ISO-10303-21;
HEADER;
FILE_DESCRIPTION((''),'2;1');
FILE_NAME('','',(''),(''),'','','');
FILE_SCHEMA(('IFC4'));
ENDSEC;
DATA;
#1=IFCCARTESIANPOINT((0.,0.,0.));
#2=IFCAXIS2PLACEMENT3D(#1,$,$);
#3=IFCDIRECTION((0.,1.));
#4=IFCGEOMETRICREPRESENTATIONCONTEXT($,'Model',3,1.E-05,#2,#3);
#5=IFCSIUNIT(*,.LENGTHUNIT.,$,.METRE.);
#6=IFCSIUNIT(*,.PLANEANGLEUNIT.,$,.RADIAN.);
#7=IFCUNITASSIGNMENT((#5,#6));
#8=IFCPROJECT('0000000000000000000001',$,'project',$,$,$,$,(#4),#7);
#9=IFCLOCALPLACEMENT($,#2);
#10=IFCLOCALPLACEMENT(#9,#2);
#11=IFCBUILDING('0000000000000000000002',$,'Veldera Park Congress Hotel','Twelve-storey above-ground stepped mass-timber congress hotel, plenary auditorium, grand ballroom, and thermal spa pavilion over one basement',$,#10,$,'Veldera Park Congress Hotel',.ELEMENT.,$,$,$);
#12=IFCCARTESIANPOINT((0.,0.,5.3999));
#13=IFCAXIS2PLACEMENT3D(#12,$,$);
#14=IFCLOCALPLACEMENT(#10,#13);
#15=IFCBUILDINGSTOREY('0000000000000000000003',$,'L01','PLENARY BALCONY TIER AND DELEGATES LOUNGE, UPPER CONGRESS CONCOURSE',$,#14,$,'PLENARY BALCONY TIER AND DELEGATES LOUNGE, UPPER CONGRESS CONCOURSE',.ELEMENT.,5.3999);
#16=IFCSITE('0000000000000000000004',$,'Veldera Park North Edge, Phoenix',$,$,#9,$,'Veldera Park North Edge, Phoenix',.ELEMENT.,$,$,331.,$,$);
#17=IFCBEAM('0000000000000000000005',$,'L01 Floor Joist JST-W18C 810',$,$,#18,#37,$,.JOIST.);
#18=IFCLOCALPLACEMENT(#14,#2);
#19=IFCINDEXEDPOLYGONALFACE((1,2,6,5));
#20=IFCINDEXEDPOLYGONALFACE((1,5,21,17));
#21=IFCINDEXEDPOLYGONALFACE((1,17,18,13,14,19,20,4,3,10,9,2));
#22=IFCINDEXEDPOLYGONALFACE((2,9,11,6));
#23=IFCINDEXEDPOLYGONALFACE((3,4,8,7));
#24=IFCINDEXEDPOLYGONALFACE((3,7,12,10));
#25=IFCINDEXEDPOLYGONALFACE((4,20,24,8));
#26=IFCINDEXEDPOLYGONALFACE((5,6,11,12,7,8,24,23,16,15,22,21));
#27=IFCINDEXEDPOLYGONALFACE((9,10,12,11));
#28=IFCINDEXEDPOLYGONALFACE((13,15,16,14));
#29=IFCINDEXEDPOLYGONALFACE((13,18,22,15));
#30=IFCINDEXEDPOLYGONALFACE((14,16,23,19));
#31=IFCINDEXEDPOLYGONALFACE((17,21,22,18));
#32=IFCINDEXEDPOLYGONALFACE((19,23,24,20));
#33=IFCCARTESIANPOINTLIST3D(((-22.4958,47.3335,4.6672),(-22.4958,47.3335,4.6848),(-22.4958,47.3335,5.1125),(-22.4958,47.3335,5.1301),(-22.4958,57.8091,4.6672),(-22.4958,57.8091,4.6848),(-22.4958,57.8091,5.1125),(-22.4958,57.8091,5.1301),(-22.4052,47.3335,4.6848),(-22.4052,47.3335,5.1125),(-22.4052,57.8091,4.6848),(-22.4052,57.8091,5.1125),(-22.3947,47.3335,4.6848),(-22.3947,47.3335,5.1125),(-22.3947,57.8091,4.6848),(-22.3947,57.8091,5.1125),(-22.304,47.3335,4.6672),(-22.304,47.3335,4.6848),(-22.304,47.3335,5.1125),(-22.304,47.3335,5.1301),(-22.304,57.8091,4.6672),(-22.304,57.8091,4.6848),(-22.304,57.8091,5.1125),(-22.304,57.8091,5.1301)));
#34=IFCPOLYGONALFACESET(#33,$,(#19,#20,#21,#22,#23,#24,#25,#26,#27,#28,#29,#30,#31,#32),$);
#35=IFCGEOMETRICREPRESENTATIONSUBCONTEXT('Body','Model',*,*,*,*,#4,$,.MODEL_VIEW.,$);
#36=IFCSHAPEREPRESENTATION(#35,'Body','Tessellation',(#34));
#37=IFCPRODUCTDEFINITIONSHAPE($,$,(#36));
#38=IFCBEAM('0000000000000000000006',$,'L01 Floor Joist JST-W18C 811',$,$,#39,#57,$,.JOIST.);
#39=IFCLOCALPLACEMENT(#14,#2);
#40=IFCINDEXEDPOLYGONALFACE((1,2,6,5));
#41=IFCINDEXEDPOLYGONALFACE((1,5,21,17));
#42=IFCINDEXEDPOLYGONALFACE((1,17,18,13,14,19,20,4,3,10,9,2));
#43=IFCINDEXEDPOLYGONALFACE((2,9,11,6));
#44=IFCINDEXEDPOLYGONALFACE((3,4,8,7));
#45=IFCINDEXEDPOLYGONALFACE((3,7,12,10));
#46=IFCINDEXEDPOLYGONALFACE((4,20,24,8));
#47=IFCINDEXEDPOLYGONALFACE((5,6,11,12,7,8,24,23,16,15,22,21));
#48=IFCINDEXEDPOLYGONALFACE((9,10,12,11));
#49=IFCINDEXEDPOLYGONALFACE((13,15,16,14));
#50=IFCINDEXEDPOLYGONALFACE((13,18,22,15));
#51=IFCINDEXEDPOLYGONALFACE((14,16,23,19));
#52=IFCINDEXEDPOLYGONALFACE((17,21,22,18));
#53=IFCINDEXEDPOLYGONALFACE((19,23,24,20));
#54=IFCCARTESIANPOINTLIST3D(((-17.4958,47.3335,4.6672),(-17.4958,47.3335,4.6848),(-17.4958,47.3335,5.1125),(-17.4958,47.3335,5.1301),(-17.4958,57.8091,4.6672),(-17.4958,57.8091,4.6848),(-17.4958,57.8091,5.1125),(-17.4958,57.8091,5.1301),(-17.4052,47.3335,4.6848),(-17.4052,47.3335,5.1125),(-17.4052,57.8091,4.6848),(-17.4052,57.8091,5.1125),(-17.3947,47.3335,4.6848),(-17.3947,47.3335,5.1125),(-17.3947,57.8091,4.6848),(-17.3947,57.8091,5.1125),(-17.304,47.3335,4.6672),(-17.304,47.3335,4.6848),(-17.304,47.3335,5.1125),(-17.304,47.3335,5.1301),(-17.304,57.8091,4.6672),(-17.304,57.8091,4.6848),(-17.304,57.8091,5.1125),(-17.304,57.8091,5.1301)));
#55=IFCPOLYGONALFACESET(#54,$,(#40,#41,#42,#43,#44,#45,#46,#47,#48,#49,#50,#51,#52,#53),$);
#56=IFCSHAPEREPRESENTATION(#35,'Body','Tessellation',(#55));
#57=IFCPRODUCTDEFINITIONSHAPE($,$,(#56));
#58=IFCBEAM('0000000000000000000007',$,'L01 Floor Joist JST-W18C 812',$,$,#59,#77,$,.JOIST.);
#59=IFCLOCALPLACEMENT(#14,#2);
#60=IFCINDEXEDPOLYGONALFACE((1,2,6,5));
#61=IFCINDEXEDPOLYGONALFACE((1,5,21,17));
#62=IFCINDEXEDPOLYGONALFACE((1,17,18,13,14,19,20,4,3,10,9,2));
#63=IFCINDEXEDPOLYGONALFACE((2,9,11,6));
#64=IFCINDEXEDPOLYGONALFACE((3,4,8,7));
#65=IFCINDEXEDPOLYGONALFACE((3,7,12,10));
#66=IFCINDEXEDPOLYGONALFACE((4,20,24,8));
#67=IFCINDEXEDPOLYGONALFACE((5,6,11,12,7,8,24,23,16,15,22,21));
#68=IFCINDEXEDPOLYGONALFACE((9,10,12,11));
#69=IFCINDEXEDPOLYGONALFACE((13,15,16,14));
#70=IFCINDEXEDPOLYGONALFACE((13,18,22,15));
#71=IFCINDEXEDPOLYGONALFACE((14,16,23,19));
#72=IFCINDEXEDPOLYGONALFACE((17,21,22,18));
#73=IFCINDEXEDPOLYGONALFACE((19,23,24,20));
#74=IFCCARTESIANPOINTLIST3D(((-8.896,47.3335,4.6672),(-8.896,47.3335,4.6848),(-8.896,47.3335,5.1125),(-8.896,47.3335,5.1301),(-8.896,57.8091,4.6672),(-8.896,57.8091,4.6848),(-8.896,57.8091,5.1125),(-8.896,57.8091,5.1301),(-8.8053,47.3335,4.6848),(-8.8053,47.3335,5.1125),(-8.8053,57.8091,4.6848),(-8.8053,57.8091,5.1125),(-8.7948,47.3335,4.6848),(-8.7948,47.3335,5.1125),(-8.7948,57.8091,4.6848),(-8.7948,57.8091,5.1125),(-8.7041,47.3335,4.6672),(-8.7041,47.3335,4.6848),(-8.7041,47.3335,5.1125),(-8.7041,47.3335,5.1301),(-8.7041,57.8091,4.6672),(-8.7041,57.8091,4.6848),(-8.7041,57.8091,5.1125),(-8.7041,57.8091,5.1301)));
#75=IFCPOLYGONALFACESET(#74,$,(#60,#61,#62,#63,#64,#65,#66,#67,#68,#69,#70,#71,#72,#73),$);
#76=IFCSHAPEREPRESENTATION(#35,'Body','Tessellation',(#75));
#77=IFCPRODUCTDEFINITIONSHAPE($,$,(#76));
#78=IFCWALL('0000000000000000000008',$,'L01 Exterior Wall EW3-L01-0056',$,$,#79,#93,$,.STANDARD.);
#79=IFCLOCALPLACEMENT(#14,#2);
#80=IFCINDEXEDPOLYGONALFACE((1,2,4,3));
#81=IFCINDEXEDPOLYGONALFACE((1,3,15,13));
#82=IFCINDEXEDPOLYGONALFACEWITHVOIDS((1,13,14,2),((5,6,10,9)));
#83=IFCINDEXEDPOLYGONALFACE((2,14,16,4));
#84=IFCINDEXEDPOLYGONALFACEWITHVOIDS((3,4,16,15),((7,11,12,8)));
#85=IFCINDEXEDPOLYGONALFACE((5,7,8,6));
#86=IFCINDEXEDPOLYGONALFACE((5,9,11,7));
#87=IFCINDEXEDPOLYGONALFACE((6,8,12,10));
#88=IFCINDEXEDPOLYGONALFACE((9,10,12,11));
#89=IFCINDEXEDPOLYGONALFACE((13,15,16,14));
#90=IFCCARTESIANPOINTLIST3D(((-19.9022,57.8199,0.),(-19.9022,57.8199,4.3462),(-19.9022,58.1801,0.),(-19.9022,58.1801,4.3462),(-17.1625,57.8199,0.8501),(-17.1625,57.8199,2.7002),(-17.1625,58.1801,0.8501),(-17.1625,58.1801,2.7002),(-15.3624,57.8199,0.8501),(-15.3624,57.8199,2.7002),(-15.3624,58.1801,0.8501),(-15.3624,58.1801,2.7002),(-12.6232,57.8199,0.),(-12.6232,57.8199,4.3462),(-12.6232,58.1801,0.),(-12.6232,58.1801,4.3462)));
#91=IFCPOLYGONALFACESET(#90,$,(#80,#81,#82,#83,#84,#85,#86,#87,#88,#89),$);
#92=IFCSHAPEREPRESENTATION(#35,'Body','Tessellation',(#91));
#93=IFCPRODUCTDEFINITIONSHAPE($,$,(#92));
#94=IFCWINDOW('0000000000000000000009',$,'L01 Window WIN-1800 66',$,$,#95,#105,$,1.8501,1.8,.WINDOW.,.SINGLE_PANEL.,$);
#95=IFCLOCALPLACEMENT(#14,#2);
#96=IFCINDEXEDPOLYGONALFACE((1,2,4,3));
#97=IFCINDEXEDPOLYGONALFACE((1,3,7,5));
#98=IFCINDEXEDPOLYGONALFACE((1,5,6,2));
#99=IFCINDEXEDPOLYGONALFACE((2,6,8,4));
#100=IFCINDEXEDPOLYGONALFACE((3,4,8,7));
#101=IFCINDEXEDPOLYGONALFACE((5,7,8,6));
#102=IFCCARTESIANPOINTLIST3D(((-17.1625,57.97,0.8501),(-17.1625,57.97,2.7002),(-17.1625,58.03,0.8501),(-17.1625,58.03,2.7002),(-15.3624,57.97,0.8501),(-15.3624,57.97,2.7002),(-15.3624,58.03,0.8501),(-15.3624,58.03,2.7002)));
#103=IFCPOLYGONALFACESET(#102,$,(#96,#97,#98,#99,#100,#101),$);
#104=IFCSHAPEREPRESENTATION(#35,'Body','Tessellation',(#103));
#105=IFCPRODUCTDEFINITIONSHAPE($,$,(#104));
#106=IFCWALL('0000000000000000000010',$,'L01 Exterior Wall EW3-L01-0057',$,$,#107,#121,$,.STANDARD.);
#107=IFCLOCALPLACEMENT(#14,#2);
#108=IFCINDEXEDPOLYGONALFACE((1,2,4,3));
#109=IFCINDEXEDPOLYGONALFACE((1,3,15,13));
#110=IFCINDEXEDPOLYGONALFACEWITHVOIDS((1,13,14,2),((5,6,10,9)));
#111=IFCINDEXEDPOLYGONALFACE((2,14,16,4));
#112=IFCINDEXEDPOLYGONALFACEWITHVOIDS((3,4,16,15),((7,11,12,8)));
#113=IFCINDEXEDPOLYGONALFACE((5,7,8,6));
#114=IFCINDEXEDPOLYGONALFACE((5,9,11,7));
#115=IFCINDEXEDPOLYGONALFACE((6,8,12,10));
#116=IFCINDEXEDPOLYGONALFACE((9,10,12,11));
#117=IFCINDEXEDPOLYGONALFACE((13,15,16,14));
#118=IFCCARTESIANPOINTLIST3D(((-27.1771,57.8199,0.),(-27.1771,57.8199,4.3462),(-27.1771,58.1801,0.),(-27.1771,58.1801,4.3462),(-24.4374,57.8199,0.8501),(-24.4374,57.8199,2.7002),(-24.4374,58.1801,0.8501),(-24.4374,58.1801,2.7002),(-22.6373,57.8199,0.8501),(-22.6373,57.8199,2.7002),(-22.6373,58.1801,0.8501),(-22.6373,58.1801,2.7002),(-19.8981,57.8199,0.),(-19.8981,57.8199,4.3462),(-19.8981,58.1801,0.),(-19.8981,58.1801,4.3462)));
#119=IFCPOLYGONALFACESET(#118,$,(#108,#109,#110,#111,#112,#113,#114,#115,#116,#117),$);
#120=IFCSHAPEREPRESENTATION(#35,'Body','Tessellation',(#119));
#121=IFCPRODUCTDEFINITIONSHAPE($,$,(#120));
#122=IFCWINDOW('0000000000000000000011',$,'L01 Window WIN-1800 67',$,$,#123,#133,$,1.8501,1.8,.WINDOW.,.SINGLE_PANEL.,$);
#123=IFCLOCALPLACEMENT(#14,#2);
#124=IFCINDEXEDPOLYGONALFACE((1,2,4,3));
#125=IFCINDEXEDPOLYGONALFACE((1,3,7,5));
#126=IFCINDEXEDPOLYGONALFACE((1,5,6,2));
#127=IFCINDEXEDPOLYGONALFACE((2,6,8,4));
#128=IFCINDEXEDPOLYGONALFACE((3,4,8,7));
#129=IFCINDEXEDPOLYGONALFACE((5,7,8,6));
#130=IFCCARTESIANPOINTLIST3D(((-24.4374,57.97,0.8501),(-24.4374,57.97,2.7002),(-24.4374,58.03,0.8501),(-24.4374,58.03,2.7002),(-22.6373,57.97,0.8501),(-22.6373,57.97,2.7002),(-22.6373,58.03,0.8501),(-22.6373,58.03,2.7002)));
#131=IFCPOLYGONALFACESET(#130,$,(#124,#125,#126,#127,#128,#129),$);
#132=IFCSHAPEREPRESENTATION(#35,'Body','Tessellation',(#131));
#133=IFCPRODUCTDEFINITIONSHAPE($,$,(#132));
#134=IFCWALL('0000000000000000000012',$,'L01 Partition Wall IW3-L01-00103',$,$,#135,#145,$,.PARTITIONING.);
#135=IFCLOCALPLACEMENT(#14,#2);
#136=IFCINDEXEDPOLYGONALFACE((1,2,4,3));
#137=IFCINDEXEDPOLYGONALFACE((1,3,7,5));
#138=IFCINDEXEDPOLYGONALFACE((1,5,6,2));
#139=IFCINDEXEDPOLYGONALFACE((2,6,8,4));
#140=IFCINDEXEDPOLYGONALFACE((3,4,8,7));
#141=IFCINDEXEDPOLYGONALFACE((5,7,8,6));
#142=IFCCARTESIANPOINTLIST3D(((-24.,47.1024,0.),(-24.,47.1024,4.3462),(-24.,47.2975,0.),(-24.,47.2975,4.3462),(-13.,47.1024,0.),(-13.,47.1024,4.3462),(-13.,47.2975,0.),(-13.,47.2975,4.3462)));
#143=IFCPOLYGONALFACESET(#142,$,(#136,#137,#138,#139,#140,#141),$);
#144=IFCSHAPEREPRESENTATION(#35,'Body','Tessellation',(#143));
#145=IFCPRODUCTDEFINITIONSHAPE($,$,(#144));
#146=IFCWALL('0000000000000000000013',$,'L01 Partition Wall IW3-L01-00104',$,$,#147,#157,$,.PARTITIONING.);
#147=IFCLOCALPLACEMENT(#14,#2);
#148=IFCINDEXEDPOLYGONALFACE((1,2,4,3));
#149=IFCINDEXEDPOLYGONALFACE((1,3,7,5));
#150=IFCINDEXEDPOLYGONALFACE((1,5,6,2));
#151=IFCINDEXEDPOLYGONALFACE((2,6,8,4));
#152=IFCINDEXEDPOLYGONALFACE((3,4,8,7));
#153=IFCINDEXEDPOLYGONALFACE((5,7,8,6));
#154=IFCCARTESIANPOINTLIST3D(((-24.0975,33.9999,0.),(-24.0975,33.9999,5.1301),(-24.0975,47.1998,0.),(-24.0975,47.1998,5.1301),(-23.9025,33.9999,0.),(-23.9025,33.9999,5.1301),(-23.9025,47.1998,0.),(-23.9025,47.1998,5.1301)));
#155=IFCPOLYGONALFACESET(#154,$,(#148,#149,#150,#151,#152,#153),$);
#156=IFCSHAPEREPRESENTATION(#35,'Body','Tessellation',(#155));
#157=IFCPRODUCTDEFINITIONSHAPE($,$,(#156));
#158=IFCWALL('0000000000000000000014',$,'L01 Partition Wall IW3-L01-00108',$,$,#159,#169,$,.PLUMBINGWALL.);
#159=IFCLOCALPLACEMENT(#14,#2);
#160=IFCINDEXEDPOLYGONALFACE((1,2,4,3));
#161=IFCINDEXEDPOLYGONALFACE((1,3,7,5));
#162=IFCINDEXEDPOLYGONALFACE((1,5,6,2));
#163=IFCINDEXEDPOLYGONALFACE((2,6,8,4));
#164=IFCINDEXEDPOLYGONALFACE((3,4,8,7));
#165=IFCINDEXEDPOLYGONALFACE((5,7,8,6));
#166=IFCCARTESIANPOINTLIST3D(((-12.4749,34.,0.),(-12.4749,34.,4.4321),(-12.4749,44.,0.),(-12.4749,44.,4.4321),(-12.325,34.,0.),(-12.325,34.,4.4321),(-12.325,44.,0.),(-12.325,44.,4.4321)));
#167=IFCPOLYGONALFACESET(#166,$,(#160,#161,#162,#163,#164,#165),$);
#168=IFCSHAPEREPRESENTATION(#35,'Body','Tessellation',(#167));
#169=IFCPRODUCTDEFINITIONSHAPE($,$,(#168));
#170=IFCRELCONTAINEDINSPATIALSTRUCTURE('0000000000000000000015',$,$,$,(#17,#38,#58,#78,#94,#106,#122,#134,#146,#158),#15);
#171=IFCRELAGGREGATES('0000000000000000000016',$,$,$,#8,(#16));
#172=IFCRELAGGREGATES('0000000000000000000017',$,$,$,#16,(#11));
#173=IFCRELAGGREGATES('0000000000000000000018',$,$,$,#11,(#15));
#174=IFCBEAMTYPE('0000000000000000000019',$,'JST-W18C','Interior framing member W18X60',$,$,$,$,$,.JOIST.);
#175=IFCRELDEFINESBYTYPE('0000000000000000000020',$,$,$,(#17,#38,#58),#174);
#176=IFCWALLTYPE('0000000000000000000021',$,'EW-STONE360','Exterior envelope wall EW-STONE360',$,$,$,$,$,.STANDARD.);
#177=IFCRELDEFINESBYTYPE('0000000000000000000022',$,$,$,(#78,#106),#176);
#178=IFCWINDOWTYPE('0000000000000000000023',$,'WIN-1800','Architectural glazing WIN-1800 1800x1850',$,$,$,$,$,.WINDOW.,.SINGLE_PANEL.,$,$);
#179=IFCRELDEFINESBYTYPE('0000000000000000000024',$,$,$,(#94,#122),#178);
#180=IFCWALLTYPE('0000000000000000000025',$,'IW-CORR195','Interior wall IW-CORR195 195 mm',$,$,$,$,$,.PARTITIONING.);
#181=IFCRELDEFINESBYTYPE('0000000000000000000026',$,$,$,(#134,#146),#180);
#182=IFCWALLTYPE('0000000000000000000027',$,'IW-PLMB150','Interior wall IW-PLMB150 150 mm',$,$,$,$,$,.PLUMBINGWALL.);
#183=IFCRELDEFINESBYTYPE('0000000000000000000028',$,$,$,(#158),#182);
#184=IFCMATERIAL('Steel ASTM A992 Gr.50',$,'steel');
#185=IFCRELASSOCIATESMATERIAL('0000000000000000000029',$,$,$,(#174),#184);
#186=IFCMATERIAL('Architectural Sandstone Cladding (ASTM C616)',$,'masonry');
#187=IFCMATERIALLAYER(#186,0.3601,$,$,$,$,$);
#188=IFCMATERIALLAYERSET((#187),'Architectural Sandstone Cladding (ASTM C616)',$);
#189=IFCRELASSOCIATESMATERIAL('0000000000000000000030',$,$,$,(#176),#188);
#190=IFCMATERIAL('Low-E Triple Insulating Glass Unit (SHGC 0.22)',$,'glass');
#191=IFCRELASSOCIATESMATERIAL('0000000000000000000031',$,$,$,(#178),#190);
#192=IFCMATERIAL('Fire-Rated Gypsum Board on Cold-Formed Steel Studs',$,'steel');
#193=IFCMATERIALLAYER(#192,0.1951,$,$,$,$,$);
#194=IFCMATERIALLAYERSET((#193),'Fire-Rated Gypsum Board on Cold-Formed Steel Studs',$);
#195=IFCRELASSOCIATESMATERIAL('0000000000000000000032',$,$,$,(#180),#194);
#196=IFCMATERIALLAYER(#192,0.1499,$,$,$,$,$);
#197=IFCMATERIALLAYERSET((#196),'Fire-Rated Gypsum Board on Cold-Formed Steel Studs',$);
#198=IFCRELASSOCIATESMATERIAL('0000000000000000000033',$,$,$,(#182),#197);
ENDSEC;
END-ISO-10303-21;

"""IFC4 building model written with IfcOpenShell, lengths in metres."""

from ifc_helpers import new_model, si_unit, direction, frame, frame_2d, origin, origin_2d, place, context, subcontext, project, spatial, rectangle, i_section, extrude, material, layer, layer_set, material_profile, profile_set, type_object, element, fill, save


model = new_model("IFC4")

# Units and contexts
model_context = context("Model", 3, precision=1e-05, world=origin(), true_north=direction((0.0, 1.0)))
body_context = subcontext(model_context, "Body", "Model", "MODEL_VIEW")
ifc_project = project(units=[si_unit("LENGTHUNIT", "METRE"), si_unit("PLANEANGLEUNIT", "RADIAN")], contexts=[model_context])

# Site, building, storey
site_placement = place(None, origin())
site = spatial("IfcSite", under=ifc_project, at=site_placement, Name="Veldera Park North Edge, Phoenix", LongName="Veldera Park North Edge, Phoenix", CompositionType="ELEMENT", RefElevation=331.0)
building_placement = place(site_placement, origin())
building = spatial("IfcBuilding", under=site, at=building_placement, Name="Veldera Park Congress Hotel", Description="Twelve-storey above-ground stepped mass-timber congress hotel, plenary auditorium, grand ballroom, and thermal spa pavilion over one basement", LongName="Veldera Park Congress Hotel", CompositionType="ELEMENT")
storey_placement = place(building_placement, frame((0.0, 0.0, 5.3999)))
storey = spatial("IfcBuildingStorey", under=building, at=storey_placement, Name="L01", Description="PLENARY BALCONY TIER AND DELEGATES LOUNGE, UPPER CONGRESS CONCOURSE", LongName="PLENARY BALCONY TIER AND DELEGATES LOUNGE, UPPER CONGRESS CONCOURSE", CompositionType="ELEMENT", Elevation=5.3999)

# Beams
ifc_material_1 = material(Name="Steel ASTM A992 Gr.50", Category="steel")
ifc_material_profile_1 = material_profile(ifc_material_1, i_section(OverallWidth=0.1919, OverallDepth=0.4629, WebThickness=0.0105, FlangeThickness=0.0176, at=origin_2d()), Name="W18X60")
ifc_profile_set_1 = profile_set([ifc_material_profile_1], Name="Steel ASTM A992 Gr.50")
beam_type_1 = type_object("IfcBeamType", Name="JST-W18C", Description="Interior framing member W18X60", PredefinedType="JOIST", material=ifc_profile_set_1)
for number, where, z_axis, x_axis, name in (
    (1, (-22.3999, 47.3335, 4.8987), (0.0, 1.0, 0.0), (-1.0, 0.0, 0.0), "L01 Floor Joist JST-W18C 810"),
    (2, (-17.3999, 47.3335, 4.8987), (0.0, 1.0, 0.0), (-1.0, 0.0, 0.0), "L01 Floor Joist JST-W18C 811"),
    (3, (-8.8, 47.3335, 4.8987), (0.0, 1.0, 0.0), (-1.0, 0.0, 0.0), "L01 Floor Joist JST-W18C 812"),
):
    element("IfcBeam", number, at=place(storey_placement, frame(where, z_axis=z_axis, x_axis=x_axis)), inside=storey, type_object=beam_type_1, Name=name, PredefinedType="JOIST", context=body_context, shape_type="SweptSolid", body=[
        extrude(i_section(OverallWidth=0.1919, OverallDepth=0.4629, WebThickness=0.0105, FlangeThickness=0.0176, at=origin_2d()), origin(), (0.0, 0.0, 1.0), 10.4756),
    ])

# Walls, openings, windows
ifc_material_2 = material(Name="Architectural Sandstone Cladding (ASTM C616)", Category="masonry")
ifc_layer_1 = layer(ifc_material_2, 0.3601)
ifc_layer_set_1 = layer_set([ifc_layer_1], Name="Architectural Sandstone Cladding (ASTM C616)")
wall_type_1 = type_object("IfcWallType", Name="EW-STONE360", Description="Exterior envelope wall EW-STONE360", PredefinedType="STANDARD", material=ifc_layer_set_1)
wall_1_placement = place(storey_placement, frame((-12.623, 58.0, 0.0), z_axis=(0.0, 0.0, 1.0), x_axis=(-1.0, 0.0, 0.0)))
wall_1 = element("IfcWall", 4, at=wall_1_placement, inside=storey, type_object=wall_type_1, Name="L01 Exterior Wall EW3-L01-0056", PredefinedType="STANDARD", context=body_context, shape_type="SweptSolid", body=[
    extrude(rectangle(XDim=7.2791, YDim=0.3601, at=frame_2d((3.6396, 0.0))), origin(), (0.0, 0.0, 1.0), 4.3462),
])
opening_1_placement = place(wall_1_placement, frame((2.7395, 0.0, 0.8501)))
opening_1 = element("IfcOpeningElement", 5, at=opening_1_placement, cuts=wall_1, PredefinedType="OPENING", context=body_context, shape_type="SweptSolid", body=[
    extrude(rectangle(XDim=1.8, YDim=1.8501, at=frame_2d((0.8999, 0.925))), frame((0.0, 0.1921, 0.0), z_axis=(0.0, -1.0, 0.0), x_axis=(1.0, 0.0, 0.0)), (0.0, 0.0, 1.0), 0.384),
])
ifc_material_3 = material(Name="Low-E Triple Insulating Glass Unit (SHGC 0.22)", Category="glass")
window_type = type_object("IfcWindowType", Name="WIN-1800", Description="Architectural glazing WIN-1800 1800x1850", PartitioningType="SINGLE_PANEL", PredefinedType="WINDOW", material=ifc_material_3)
window_1_placement = place(opening_1_placement, origin())
window_1 = element("IfcWindow", 6, at=window_1_placement, inside=storey, type_object=window_type, Name="L01 Window WIN-1800 66", OverallHeight=1.8501, OverallWidth=1.8, PartitioningType="SINGLE_PANEL", PredefinedType="WINDOW", context=body_context, shape_type="SweptSolid", body=[
    extrude(rectangle(XDim=1.8, YDim=1.8501, at=frame_2d((0.8999, 0.925))), frame((0.0, 0.03, 0.0), z_axis=(0.0, -1.0, 0.0), x_axis=(1.0, 0.0, 0.0)), (0.0, 0.0, 1.0), 0.0601),
])
fill(opening_1, window_1)
wall_2_placement = place(storey_placement, frame((-19.8979, 58.0, 0.0), z_axis=(0.0, 0.0, 1.0), x_axis=(-1.0, 0.0, 0.0)))
wall_2 = element("IfcWall", 7, at=wall_2_placement, inside=storey, type_object=wall_type_1, Name="L01 Exterior Wall EW3-L01-0057", PredefinedType="STANDARD", context=body_context, shape_type="SweptSolid", body=[
    extrude(rectangle(XDim=7.2791, YDim=0.3601, at=frame_2d((3.6396, 0.0))), origin(), (0.0, 0.0, 1.0), 4.3462),
])
opening_2_placement = place(wall_2_placement, frame((2.7395, 0.0, 0.8501)))
opening_2 = element("IfcOpeningElement", 8, at=opening_2_placement, cuts=wall_2, PredefinedType="OPENING", context=body_context, shape_type="SweptSolid", body=[
    extrude(rectangle(XDim=1.8, YDim=1.8501, at=frame_2d((0.8999, 0.925))), frame((0.0, 0.1921, 0.0), z_axis=(0.0, -1.0, 0.0), x_axis=(1.0, 0.0, 0.0)), (0.0, 0.0, 1.0), 0.384),
])
window_2_placement = place(opening_2_placement, origin())
window_2 = element("IfcWindow", 9, at=window_2_placement, inside=storey, type_object=window_type, Name="L01 Window WIN-1800 67", OverallHeight=1.8501, OverallWidth=1.8, PartitioningType="SINGLE_PANEL", PredefinedType="WINDOW", context=body_context, shape_type="SweptSolid", body=[
    extrude(rectangle(XDim=1.8, YDim=1.8501, at=frame_2d((0.8999, 0.925))), frame((0.0, 0.03, 0.0), z_axis=(0.0, -1.0, 0.0), x_axis=(1.0, 0.0, 0.0)), (0.0, 0.0, 1.0), 0.0601),
])
fill(opening_2, window_2)

# Walls
ifc_material_4 = material(Name="Fire-Rated Gypsum Board on Cold-Formed Steel Studs", Category="steel")
ifc_layer_2 = layer(ifc_material_4, 0.1951)
ifc_layer_set_2 = layer_set([ifc_layer_2], Name="Fire-Rated Gypsum Board on Cold-Formed Steel Studs")
wall_type_2 = type_object("IfcWallType", Name="IW-CORR195", Description="Interior wall IW-CORR195 195 mm", PredefinedType="PARTITIONING", material=ifc_layer_set_2)
wall_3_placement = place(storey_placement, frame((-13.0, 47.2, 0.0), z_axis=(0.0, 0.0, 1.0), x_axis=(-1.0, 0.0, 0.0)))
element("IfcWall", 10, at=wall_3_placement, inside=storey, type_object=wall_type_2, Name="L01 Partition Wall IW3-L01-00103", PredefinedType="PARTITIONING", context=body_context, shape_type="SweptSolid", body=[
    extrude(rectangle(XDim=11.0, YDim=0.1951, at=frame_2d((5.5, 0.0))), origin(), (0.0, 0.0, 1.0), 4.3462),
])
wall_4_placement = place(storey_placement, frame((-24.0, 47.2, 0.0), z_axis=(0.0, 0.0, 1.0), x_axis=(0.0, -1.0, 0.0)))
element("IfcWall", 11, at=wall_4_placement, inside=storey, type_object=wall_type_2, Name="L01 Partition Wall IW3-L01-00104", PredefinedType="PARTITIONING", context=body_context, shape_type="SweptSolid", body=[
    extrude(rectangle(XDim=13.2, YDim=0.1951, at=frame_2d((6.6001, 0.0))), origin(), (0.0, 0.0, 1.0), 5.1301),
])
ifc_layer_3 = layer(ifc_material_4, 0.1499)
ifc_layer_set_3 = layer_set([ifc_layer_3], Name="Fire-Rated Gypsum Board on Cold-Formed Steel Studs")
wall_type_3 = type_object("IfcWallType", Name="IW-PLMB150", Description="Interior wall IW-PLMB150 150 mm", PredefinedType="PLUMBINGWALL", material=ifc_layer_set_3)
wall_5_placement = place(storey_placement, frame((-12.3999, 44.0, 0.0), z_axis=(0.0, 0.0, 1.0), x_axis=(0.0, -1.0, 0.0)))
element("IfcWall", 12, at=wall_5_placement, inside=storey, type_object=wall_type_3, Name="L01 Partition Wall IW3-L01-00108", PredefinedType="PLUMBINGWALL", context=body_context, shape_type="SweptSolid", body=[
    extrude(rectangle(XDim=10.0, YDim=0.1499, at=frame_2d((5.0, 0.0))), origin(), (0.0, 0.0, 1.0), 4.4321),
])

save(model, "model.ifc")
